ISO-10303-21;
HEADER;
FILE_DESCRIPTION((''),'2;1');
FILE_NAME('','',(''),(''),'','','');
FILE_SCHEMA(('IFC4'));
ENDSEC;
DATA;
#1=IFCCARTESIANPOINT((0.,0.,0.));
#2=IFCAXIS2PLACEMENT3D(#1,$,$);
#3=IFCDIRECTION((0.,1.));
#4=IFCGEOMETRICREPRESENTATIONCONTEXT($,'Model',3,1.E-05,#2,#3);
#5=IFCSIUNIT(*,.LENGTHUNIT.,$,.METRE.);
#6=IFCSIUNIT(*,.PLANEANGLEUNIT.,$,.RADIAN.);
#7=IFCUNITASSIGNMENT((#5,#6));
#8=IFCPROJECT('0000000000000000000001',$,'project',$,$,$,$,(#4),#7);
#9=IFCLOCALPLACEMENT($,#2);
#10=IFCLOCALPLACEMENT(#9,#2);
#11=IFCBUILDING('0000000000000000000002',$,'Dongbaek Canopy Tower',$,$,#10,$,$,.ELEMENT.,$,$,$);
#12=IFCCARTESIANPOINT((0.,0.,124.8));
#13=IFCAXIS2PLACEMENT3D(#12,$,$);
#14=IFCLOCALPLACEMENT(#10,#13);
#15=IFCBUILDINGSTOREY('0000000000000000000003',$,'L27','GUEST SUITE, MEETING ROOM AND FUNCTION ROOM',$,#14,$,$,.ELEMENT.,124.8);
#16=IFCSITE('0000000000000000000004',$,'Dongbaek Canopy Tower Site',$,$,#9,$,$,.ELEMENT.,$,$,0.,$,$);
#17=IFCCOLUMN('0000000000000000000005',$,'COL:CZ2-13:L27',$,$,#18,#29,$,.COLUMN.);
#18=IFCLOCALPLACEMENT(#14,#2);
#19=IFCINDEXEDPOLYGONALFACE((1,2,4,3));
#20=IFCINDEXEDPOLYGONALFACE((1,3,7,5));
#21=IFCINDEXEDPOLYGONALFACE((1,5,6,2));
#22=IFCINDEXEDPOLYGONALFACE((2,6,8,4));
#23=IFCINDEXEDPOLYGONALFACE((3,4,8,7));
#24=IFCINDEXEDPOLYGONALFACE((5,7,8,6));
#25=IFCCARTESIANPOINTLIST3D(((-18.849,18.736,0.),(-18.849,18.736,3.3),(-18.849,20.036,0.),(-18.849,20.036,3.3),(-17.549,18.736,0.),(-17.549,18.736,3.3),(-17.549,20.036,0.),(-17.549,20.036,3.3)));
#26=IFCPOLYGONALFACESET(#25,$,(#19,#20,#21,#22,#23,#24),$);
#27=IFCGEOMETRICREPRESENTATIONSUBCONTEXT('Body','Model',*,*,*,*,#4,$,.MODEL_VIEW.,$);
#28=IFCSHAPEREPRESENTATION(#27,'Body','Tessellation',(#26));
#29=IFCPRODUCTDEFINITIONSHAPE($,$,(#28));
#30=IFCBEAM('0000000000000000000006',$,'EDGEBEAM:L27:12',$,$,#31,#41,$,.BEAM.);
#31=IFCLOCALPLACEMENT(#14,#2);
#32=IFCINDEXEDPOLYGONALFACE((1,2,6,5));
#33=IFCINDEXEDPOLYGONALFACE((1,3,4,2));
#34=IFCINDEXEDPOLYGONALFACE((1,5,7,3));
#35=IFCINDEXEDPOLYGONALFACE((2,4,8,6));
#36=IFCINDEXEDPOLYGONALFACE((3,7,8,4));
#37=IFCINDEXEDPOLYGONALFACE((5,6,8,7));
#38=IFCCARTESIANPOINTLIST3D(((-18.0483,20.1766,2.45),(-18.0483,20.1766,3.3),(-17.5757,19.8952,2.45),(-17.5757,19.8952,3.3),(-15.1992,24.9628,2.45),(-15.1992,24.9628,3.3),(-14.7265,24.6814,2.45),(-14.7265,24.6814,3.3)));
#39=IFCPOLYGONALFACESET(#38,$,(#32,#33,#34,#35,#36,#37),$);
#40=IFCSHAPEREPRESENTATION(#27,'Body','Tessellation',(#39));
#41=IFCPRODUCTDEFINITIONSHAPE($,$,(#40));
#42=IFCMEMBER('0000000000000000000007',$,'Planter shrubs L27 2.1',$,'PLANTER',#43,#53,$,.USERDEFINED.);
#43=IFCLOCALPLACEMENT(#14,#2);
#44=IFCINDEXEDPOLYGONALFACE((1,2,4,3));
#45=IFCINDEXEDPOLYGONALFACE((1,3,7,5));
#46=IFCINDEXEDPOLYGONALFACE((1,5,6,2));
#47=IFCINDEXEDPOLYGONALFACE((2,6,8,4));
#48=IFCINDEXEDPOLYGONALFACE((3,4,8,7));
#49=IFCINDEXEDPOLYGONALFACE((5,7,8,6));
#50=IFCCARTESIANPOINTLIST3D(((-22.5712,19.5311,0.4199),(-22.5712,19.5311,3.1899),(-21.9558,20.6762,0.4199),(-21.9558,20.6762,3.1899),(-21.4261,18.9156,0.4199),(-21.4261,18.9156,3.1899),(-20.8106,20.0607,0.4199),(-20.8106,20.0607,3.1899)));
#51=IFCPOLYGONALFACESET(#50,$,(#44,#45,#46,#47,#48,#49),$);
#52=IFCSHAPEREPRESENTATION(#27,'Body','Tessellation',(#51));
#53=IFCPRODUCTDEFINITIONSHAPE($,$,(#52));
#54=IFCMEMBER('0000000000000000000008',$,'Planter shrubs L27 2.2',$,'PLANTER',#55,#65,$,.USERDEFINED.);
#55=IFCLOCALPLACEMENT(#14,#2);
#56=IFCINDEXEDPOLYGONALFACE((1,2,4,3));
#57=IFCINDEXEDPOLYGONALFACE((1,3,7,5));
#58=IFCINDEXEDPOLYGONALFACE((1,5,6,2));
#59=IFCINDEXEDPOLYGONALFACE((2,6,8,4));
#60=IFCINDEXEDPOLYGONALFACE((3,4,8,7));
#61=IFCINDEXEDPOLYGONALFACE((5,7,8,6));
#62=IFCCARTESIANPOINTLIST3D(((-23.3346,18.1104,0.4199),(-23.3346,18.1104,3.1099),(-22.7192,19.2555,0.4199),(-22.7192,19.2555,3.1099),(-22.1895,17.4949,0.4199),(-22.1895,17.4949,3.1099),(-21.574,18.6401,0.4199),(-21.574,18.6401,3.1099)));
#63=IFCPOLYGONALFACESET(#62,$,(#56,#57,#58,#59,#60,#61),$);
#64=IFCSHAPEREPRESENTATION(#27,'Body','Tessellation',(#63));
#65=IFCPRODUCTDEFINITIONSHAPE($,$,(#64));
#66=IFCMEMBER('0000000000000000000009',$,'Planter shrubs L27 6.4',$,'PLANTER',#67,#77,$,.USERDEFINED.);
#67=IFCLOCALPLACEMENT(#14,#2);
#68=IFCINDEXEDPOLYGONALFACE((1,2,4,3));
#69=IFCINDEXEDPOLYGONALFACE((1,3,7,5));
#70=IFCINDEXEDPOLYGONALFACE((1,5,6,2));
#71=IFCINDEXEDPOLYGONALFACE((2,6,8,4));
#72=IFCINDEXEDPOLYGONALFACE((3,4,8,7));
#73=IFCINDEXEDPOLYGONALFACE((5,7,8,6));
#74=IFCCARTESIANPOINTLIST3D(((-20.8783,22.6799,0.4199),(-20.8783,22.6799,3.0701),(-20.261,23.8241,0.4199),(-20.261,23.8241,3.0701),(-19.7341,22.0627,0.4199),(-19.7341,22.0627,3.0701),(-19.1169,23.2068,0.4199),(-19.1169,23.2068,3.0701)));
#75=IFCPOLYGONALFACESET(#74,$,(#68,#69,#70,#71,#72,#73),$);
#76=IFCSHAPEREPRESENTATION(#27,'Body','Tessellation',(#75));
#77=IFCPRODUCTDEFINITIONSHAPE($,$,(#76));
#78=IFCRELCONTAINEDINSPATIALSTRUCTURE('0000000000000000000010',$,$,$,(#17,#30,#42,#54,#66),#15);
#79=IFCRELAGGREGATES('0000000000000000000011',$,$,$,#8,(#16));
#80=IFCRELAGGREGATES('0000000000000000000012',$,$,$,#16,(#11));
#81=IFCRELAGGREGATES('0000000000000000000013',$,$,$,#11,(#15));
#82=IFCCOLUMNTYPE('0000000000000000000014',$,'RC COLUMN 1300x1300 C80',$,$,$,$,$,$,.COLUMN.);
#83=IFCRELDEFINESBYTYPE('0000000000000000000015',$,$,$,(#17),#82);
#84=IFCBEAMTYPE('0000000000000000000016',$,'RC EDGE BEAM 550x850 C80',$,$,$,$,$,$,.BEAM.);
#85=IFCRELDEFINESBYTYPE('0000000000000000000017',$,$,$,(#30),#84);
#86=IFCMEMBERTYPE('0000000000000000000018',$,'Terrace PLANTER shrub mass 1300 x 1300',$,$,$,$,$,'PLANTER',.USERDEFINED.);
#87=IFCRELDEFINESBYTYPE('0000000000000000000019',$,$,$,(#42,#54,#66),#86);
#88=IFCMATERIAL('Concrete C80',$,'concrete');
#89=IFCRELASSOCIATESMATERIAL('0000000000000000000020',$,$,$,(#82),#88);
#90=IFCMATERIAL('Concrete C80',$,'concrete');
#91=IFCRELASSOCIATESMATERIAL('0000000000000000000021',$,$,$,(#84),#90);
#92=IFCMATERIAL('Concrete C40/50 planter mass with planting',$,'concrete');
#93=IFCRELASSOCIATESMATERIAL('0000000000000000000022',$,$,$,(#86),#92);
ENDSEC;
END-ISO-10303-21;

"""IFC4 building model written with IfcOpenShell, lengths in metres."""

from ifc_helpers import new_model, si_unit, direction, frame, origin, origin_2d, place, context, subcontext, project, spatial, rectangle, extrude, material, material_profile, profile_set, type_object, element, save


model = new_model("IFC4")

# Units and contexts
model_context = context("Model", 3, precision=1e-05, world=origin(), true_north=direction((0.0, 1.0)))
body_context = subcontext(model_context, "Body", "Model", "MODEL_VIEW")
ifc_project = project(units=[si_unit("LENGTHUNIT", "METRE"), si_unit("PLANEANGLEUNIT", "RADIAN")], contexts=[model_context])

# Site, building, storey
site_placement = place(None, origin())
site = spatial("IfcSite", under=ifc_project, at=site_placement, Name="Dongbaek Canopy Tower Site", CompositionType="ELEMENT", RefElevation=0.0)
building_placement = place(site_placement, origin())
building = spatial("IfcBuilding", under=site, at=building_placement, Name="Dongbaek Canopy Tower", CompositionType="ELEMENT")
storey_placement = place(building_placement, frame((0.0, 0.0, 124.8)))
storey = spatial("IfcBuildingStorey", under=building, at=storey_placement, Name="L27", Description="GUEST SUITE, MEETING ROOM AND FUNCTION ROOM", CompositionType="ELEMENT", Elevation=124.8)

# Column
ifc_material_1 = material(Name="Concrete C80", Category="concrete")
ifc_material_profile_1 = material_profile(ifc_material_1, rectangle(XDim=1.3, YDim=1.3, at=origin_2d()), Name="RC COLUMN 1300x1300 C80")
ifc_profile_set_1 = profile_set([ifc_material_profile_1], Name="Concrete C80")
column_type = type_object("IfcColumnType", Name="RC COLUMN 1300x1300 C80", PredefinedType="COLUMN", material=ifc_profile_set_1)
column_placement = place(storey_placement, frame((-18.199, 19.386, 0.0), z_axis=(0.0, 0.0, 1.0), x_axis=(1.0, 0.0, 0.0)))
element("IfcColumn", 1, at=column_placement, inside=storey, type_object=column_type, Name="COL:CZ2-13:L27", PredefinedType="COLUMN", context=body_context, shape_type="SweptSolid", body=[
    extrude(rectangle(XDim=1.3, YDim=1.3, at=origin_2d()), origin(), (0.0, 0.0, 1.0), 3.3),
])

# Beam
ifc_material_2 = material(Name="Concrete C80", Category="concrete")
ifc_material_profile_2 = material_profile(ifc_material_2, rectangle(XDim=0.55, YDim=0.8501, at=origin_2d()), Name="RC EDGE BEAM 550x850 C80")
ifc_profile_set_2 = profile_set([ifc_material_profile_2], Name="Concrete C80")
beam_type = type_object("IfcBeamType", Name="RC EDGE BEAM 550x850 C80", PredefinedType="BEAM", material=ifc_profile_set_2)
beam_placement = place(storey_placement, frame((-17.812, 20.0359, 2.875), z_axis=(0.511515, 0.859275, 0.0), x_axis=(-0.859275, 0.511515, 0.0)))
element("IfcBeam", 2, at=beam_placement, inside=storey, type_object=beam_type, Name="EDGEBEAM:L27:12", PredefinedType="BEAM", context=body_context, shape_type="SweptSolid", body=[
    extrude(rectangle(XDim=0.55, YDim=0.8501, at=origin_2d()), origin(), (0.0, 0.0, 1.0), 5.5701),
])

# Members
ifc_material_3 = material(Name="Concrete C40/50 planter mass with planting", Category="concrete")
ifc_material_profile_3 = material_profile(ifc_material_3, rectangle(XDim=1.3, YDim=1.3, at=origin_2d()), Name="Terrace PLANTER shrub mass 1300 x 1300")
ifc_profile_set_3 = profile_set([ifc_material_profile_3], Name="Concrete C40/50 planter mass with planting")
member_type = type_object("IfcMemberType", Name="Terrace PLANTER shrub mass 1300 x 1300", ElementType="PLANTER", PredefinedType="USERDEFINED", material=ifc_profile_set_3)
member_1_placement = place(storey_placement, frame((-21.6909, 19.7959, 0.4199), z_axis=(0.0, 0.0, 1.0), x_axis=(-0.880843, 0.473409, 0.0)))
element("IfcMember", 3, at=member_1_placement, inside=storey, type_object=member_type, Name="Planter shrubs L27 2.1", ObjectType="PLANTER", PredefinedType="USERDEFINED", context=body_context, shape_type="SweptSolid", body=[
    extrude(rectangle(XDim=1.3, YDim=1.3, at=origin_2d()), origin(), (0.0, 0.0, 1.0), 2.77),
])
member_2_placement = place(storey_placement, frame((-22.4543, 18.3752, 0.4199), z_axis=(0.0, 0.0, 1.0), x_axis=(-0.880843, 0.473409, 0.0)))
element("IfcMember", 4, at=member_2_placement, inside=storey, type_object=member_type, Name="Planter shrubs L27 2.2", ObjectType="PLANTER", PredefinedType="USERDEFINED", context=body_context, shape_type="SweptSolid", body=[
    extrude(rectangle(XDim=1.3, YDim=1.3, at=origin_2d()), origin(), (0.0, 0.0, 1.0), 2.6899),
])
member_3_placement = place(storey_placement, frame((-19.9976, 22.9434, 0.4199), z_axis=(0.0, 0.0, 1.0), x_axis=(-0.880109, 0.474771, 0.0)))
element("IfcMember", 5, at=member_3_placement, inside=storey, type_object=member_type, Name="Planter shrubs L27 6.4", ObjectType="PLANTER", PredefinedType="USERDEFINED", context=body_context, shape_type="SweptSolid", body=[
    extrude(rectangle(XDim=1.3, YDim=1.3, at=origin_2d()), origin(), (0.0, 0.0, 1.0), 2.6501),
])

save(model, "model.ifc")
